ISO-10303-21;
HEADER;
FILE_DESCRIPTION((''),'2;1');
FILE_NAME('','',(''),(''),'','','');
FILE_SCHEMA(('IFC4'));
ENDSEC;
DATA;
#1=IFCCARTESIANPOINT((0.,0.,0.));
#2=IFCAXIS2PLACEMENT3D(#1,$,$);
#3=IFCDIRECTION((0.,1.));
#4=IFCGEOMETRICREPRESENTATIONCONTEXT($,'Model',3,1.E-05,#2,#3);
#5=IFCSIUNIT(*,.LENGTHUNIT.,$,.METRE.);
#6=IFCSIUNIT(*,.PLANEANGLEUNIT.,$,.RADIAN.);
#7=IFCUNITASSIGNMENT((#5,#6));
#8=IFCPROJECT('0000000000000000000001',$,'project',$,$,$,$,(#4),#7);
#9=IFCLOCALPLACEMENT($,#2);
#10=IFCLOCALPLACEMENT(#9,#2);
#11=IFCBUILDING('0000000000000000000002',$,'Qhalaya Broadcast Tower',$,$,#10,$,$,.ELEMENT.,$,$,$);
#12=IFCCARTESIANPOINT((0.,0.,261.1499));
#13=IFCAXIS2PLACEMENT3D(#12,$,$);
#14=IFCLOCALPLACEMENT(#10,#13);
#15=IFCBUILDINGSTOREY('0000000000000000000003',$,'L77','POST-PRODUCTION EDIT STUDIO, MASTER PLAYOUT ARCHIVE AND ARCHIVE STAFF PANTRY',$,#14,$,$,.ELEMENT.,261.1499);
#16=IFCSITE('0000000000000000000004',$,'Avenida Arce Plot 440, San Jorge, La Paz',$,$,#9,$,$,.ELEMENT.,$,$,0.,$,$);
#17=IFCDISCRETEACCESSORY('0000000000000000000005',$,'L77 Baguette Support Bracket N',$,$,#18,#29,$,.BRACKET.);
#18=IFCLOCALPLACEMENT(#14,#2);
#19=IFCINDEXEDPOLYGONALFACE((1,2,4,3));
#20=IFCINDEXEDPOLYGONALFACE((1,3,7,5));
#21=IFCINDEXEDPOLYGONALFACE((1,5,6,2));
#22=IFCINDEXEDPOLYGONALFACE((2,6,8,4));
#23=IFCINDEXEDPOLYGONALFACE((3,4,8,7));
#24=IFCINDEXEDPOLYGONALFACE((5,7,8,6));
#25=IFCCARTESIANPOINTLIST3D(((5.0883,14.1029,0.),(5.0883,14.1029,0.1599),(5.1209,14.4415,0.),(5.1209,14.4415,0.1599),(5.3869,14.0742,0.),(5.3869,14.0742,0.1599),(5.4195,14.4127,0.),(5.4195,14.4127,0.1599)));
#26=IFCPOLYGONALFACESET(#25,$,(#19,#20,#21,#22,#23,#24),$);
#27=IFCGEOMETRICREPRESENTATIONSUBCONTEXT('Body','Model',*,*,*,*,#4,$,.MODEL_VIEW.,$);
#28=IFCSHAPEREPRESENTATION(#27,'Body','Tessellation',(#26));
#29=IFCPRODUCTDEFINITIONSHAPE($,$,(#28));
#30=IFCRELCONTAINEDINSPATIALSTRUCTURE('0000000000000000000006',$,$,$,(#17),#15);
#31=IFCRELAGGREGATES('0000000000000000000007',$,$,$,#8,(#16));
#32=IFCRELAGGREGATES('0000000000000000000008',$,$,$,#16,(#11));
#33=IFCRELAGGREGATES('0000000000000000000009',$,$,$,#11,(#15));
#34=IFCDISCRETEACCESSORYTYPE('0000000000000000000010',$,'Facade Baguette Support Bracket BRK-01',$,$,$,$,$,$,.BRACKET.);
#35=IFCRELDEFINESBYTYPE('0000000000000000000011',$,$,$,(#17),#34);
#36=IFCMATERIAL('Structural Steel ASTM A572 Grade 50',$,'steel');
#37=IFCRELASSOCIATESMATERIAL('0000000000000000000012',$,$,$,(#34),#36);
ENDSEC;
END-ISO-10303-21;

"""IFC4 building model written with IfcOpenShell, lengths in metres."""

from ifc_helpers import new_model, si_unit, direction, frame, origin, origin_2d, place, context, subcontext, project, spatial, rectangle, extrude, material, type_object, element, save


model = new_model("IFC4")

# Units and contexts
model_context = context("Model", 3, precision=1e-05, world=origin(), true_north=direction((0.0, 1.0)))
body_context = subcontext(model_context, "Body", "Model", "MODEL_VIEW")
ifc_project = project(units=[si_unit("LENGTHUNIT", "METRE"), si_unit("PLANEANGLEUNIT", "RADIAN")], contexts=[model_context])

# Site, building, storey
site_placement = place(None, origin())
site = spatial("IfcSite", under=ifc_project, at=site_placement, Name="Avenida Arce Plot 440, San Jorge, La Paz", CompositionType="ELEMENT", RefElevation=0.0)
building_placement = place(site_placement, origin())
building = spatial("IfcBuilding", under=site, at=building_placement, Name="Qhalaya Broadcast Tower", CompositionType="ELEMENT")
storey_placement = place(building_placement, frame((0.0, 0.0, 261.1499)))
storey = spatial("IfcBuildingStorey", under=building, at=storey_placement, Name="L77", Description="POST-PRODUCTION EDIT STUDIO, MASTER PLAYOUT ARCHIVE AND ARCHIVE STAFF PANTRY", CompositionType="ELEMENT", Elevation=261.1499)

# Shared definitions
ifc_material_1 = material(Name="Structural Steel ASTM A572 Grade 50", Category="steel")

# Discrete accessory
discrete_accessory_type = type_object("IfcDiscreteAccessoryType", Name="Facade Baguette Support Bracket BRK-01", PredefinedType="BRACKET", material=ifc_material_1)
discrete_accessory_placement = place(storey_placement, frame((5.2539, 14.2578, 0.0), z_axis=(0.0, 0.0, 1.0), x_axis=(-0.995396, 0.095846, 0.0)))
element("IfcDiscreteAccessory", 1, at=discrete_accessory_placement, inside=storey, type_object=discrete_accessory_type, Name="L77 Baguette Support Bracket N", PredefinedType="BRACKET", context=body_context, shape_type="SweptSolid", body=[
    extrude(rectangle(XDim=0.3, YDim=0.3401, at=origin_2d()), origin(), (0.0, 0.0, 1.0), 0.1599),
])

save(model, "model.ifc")
